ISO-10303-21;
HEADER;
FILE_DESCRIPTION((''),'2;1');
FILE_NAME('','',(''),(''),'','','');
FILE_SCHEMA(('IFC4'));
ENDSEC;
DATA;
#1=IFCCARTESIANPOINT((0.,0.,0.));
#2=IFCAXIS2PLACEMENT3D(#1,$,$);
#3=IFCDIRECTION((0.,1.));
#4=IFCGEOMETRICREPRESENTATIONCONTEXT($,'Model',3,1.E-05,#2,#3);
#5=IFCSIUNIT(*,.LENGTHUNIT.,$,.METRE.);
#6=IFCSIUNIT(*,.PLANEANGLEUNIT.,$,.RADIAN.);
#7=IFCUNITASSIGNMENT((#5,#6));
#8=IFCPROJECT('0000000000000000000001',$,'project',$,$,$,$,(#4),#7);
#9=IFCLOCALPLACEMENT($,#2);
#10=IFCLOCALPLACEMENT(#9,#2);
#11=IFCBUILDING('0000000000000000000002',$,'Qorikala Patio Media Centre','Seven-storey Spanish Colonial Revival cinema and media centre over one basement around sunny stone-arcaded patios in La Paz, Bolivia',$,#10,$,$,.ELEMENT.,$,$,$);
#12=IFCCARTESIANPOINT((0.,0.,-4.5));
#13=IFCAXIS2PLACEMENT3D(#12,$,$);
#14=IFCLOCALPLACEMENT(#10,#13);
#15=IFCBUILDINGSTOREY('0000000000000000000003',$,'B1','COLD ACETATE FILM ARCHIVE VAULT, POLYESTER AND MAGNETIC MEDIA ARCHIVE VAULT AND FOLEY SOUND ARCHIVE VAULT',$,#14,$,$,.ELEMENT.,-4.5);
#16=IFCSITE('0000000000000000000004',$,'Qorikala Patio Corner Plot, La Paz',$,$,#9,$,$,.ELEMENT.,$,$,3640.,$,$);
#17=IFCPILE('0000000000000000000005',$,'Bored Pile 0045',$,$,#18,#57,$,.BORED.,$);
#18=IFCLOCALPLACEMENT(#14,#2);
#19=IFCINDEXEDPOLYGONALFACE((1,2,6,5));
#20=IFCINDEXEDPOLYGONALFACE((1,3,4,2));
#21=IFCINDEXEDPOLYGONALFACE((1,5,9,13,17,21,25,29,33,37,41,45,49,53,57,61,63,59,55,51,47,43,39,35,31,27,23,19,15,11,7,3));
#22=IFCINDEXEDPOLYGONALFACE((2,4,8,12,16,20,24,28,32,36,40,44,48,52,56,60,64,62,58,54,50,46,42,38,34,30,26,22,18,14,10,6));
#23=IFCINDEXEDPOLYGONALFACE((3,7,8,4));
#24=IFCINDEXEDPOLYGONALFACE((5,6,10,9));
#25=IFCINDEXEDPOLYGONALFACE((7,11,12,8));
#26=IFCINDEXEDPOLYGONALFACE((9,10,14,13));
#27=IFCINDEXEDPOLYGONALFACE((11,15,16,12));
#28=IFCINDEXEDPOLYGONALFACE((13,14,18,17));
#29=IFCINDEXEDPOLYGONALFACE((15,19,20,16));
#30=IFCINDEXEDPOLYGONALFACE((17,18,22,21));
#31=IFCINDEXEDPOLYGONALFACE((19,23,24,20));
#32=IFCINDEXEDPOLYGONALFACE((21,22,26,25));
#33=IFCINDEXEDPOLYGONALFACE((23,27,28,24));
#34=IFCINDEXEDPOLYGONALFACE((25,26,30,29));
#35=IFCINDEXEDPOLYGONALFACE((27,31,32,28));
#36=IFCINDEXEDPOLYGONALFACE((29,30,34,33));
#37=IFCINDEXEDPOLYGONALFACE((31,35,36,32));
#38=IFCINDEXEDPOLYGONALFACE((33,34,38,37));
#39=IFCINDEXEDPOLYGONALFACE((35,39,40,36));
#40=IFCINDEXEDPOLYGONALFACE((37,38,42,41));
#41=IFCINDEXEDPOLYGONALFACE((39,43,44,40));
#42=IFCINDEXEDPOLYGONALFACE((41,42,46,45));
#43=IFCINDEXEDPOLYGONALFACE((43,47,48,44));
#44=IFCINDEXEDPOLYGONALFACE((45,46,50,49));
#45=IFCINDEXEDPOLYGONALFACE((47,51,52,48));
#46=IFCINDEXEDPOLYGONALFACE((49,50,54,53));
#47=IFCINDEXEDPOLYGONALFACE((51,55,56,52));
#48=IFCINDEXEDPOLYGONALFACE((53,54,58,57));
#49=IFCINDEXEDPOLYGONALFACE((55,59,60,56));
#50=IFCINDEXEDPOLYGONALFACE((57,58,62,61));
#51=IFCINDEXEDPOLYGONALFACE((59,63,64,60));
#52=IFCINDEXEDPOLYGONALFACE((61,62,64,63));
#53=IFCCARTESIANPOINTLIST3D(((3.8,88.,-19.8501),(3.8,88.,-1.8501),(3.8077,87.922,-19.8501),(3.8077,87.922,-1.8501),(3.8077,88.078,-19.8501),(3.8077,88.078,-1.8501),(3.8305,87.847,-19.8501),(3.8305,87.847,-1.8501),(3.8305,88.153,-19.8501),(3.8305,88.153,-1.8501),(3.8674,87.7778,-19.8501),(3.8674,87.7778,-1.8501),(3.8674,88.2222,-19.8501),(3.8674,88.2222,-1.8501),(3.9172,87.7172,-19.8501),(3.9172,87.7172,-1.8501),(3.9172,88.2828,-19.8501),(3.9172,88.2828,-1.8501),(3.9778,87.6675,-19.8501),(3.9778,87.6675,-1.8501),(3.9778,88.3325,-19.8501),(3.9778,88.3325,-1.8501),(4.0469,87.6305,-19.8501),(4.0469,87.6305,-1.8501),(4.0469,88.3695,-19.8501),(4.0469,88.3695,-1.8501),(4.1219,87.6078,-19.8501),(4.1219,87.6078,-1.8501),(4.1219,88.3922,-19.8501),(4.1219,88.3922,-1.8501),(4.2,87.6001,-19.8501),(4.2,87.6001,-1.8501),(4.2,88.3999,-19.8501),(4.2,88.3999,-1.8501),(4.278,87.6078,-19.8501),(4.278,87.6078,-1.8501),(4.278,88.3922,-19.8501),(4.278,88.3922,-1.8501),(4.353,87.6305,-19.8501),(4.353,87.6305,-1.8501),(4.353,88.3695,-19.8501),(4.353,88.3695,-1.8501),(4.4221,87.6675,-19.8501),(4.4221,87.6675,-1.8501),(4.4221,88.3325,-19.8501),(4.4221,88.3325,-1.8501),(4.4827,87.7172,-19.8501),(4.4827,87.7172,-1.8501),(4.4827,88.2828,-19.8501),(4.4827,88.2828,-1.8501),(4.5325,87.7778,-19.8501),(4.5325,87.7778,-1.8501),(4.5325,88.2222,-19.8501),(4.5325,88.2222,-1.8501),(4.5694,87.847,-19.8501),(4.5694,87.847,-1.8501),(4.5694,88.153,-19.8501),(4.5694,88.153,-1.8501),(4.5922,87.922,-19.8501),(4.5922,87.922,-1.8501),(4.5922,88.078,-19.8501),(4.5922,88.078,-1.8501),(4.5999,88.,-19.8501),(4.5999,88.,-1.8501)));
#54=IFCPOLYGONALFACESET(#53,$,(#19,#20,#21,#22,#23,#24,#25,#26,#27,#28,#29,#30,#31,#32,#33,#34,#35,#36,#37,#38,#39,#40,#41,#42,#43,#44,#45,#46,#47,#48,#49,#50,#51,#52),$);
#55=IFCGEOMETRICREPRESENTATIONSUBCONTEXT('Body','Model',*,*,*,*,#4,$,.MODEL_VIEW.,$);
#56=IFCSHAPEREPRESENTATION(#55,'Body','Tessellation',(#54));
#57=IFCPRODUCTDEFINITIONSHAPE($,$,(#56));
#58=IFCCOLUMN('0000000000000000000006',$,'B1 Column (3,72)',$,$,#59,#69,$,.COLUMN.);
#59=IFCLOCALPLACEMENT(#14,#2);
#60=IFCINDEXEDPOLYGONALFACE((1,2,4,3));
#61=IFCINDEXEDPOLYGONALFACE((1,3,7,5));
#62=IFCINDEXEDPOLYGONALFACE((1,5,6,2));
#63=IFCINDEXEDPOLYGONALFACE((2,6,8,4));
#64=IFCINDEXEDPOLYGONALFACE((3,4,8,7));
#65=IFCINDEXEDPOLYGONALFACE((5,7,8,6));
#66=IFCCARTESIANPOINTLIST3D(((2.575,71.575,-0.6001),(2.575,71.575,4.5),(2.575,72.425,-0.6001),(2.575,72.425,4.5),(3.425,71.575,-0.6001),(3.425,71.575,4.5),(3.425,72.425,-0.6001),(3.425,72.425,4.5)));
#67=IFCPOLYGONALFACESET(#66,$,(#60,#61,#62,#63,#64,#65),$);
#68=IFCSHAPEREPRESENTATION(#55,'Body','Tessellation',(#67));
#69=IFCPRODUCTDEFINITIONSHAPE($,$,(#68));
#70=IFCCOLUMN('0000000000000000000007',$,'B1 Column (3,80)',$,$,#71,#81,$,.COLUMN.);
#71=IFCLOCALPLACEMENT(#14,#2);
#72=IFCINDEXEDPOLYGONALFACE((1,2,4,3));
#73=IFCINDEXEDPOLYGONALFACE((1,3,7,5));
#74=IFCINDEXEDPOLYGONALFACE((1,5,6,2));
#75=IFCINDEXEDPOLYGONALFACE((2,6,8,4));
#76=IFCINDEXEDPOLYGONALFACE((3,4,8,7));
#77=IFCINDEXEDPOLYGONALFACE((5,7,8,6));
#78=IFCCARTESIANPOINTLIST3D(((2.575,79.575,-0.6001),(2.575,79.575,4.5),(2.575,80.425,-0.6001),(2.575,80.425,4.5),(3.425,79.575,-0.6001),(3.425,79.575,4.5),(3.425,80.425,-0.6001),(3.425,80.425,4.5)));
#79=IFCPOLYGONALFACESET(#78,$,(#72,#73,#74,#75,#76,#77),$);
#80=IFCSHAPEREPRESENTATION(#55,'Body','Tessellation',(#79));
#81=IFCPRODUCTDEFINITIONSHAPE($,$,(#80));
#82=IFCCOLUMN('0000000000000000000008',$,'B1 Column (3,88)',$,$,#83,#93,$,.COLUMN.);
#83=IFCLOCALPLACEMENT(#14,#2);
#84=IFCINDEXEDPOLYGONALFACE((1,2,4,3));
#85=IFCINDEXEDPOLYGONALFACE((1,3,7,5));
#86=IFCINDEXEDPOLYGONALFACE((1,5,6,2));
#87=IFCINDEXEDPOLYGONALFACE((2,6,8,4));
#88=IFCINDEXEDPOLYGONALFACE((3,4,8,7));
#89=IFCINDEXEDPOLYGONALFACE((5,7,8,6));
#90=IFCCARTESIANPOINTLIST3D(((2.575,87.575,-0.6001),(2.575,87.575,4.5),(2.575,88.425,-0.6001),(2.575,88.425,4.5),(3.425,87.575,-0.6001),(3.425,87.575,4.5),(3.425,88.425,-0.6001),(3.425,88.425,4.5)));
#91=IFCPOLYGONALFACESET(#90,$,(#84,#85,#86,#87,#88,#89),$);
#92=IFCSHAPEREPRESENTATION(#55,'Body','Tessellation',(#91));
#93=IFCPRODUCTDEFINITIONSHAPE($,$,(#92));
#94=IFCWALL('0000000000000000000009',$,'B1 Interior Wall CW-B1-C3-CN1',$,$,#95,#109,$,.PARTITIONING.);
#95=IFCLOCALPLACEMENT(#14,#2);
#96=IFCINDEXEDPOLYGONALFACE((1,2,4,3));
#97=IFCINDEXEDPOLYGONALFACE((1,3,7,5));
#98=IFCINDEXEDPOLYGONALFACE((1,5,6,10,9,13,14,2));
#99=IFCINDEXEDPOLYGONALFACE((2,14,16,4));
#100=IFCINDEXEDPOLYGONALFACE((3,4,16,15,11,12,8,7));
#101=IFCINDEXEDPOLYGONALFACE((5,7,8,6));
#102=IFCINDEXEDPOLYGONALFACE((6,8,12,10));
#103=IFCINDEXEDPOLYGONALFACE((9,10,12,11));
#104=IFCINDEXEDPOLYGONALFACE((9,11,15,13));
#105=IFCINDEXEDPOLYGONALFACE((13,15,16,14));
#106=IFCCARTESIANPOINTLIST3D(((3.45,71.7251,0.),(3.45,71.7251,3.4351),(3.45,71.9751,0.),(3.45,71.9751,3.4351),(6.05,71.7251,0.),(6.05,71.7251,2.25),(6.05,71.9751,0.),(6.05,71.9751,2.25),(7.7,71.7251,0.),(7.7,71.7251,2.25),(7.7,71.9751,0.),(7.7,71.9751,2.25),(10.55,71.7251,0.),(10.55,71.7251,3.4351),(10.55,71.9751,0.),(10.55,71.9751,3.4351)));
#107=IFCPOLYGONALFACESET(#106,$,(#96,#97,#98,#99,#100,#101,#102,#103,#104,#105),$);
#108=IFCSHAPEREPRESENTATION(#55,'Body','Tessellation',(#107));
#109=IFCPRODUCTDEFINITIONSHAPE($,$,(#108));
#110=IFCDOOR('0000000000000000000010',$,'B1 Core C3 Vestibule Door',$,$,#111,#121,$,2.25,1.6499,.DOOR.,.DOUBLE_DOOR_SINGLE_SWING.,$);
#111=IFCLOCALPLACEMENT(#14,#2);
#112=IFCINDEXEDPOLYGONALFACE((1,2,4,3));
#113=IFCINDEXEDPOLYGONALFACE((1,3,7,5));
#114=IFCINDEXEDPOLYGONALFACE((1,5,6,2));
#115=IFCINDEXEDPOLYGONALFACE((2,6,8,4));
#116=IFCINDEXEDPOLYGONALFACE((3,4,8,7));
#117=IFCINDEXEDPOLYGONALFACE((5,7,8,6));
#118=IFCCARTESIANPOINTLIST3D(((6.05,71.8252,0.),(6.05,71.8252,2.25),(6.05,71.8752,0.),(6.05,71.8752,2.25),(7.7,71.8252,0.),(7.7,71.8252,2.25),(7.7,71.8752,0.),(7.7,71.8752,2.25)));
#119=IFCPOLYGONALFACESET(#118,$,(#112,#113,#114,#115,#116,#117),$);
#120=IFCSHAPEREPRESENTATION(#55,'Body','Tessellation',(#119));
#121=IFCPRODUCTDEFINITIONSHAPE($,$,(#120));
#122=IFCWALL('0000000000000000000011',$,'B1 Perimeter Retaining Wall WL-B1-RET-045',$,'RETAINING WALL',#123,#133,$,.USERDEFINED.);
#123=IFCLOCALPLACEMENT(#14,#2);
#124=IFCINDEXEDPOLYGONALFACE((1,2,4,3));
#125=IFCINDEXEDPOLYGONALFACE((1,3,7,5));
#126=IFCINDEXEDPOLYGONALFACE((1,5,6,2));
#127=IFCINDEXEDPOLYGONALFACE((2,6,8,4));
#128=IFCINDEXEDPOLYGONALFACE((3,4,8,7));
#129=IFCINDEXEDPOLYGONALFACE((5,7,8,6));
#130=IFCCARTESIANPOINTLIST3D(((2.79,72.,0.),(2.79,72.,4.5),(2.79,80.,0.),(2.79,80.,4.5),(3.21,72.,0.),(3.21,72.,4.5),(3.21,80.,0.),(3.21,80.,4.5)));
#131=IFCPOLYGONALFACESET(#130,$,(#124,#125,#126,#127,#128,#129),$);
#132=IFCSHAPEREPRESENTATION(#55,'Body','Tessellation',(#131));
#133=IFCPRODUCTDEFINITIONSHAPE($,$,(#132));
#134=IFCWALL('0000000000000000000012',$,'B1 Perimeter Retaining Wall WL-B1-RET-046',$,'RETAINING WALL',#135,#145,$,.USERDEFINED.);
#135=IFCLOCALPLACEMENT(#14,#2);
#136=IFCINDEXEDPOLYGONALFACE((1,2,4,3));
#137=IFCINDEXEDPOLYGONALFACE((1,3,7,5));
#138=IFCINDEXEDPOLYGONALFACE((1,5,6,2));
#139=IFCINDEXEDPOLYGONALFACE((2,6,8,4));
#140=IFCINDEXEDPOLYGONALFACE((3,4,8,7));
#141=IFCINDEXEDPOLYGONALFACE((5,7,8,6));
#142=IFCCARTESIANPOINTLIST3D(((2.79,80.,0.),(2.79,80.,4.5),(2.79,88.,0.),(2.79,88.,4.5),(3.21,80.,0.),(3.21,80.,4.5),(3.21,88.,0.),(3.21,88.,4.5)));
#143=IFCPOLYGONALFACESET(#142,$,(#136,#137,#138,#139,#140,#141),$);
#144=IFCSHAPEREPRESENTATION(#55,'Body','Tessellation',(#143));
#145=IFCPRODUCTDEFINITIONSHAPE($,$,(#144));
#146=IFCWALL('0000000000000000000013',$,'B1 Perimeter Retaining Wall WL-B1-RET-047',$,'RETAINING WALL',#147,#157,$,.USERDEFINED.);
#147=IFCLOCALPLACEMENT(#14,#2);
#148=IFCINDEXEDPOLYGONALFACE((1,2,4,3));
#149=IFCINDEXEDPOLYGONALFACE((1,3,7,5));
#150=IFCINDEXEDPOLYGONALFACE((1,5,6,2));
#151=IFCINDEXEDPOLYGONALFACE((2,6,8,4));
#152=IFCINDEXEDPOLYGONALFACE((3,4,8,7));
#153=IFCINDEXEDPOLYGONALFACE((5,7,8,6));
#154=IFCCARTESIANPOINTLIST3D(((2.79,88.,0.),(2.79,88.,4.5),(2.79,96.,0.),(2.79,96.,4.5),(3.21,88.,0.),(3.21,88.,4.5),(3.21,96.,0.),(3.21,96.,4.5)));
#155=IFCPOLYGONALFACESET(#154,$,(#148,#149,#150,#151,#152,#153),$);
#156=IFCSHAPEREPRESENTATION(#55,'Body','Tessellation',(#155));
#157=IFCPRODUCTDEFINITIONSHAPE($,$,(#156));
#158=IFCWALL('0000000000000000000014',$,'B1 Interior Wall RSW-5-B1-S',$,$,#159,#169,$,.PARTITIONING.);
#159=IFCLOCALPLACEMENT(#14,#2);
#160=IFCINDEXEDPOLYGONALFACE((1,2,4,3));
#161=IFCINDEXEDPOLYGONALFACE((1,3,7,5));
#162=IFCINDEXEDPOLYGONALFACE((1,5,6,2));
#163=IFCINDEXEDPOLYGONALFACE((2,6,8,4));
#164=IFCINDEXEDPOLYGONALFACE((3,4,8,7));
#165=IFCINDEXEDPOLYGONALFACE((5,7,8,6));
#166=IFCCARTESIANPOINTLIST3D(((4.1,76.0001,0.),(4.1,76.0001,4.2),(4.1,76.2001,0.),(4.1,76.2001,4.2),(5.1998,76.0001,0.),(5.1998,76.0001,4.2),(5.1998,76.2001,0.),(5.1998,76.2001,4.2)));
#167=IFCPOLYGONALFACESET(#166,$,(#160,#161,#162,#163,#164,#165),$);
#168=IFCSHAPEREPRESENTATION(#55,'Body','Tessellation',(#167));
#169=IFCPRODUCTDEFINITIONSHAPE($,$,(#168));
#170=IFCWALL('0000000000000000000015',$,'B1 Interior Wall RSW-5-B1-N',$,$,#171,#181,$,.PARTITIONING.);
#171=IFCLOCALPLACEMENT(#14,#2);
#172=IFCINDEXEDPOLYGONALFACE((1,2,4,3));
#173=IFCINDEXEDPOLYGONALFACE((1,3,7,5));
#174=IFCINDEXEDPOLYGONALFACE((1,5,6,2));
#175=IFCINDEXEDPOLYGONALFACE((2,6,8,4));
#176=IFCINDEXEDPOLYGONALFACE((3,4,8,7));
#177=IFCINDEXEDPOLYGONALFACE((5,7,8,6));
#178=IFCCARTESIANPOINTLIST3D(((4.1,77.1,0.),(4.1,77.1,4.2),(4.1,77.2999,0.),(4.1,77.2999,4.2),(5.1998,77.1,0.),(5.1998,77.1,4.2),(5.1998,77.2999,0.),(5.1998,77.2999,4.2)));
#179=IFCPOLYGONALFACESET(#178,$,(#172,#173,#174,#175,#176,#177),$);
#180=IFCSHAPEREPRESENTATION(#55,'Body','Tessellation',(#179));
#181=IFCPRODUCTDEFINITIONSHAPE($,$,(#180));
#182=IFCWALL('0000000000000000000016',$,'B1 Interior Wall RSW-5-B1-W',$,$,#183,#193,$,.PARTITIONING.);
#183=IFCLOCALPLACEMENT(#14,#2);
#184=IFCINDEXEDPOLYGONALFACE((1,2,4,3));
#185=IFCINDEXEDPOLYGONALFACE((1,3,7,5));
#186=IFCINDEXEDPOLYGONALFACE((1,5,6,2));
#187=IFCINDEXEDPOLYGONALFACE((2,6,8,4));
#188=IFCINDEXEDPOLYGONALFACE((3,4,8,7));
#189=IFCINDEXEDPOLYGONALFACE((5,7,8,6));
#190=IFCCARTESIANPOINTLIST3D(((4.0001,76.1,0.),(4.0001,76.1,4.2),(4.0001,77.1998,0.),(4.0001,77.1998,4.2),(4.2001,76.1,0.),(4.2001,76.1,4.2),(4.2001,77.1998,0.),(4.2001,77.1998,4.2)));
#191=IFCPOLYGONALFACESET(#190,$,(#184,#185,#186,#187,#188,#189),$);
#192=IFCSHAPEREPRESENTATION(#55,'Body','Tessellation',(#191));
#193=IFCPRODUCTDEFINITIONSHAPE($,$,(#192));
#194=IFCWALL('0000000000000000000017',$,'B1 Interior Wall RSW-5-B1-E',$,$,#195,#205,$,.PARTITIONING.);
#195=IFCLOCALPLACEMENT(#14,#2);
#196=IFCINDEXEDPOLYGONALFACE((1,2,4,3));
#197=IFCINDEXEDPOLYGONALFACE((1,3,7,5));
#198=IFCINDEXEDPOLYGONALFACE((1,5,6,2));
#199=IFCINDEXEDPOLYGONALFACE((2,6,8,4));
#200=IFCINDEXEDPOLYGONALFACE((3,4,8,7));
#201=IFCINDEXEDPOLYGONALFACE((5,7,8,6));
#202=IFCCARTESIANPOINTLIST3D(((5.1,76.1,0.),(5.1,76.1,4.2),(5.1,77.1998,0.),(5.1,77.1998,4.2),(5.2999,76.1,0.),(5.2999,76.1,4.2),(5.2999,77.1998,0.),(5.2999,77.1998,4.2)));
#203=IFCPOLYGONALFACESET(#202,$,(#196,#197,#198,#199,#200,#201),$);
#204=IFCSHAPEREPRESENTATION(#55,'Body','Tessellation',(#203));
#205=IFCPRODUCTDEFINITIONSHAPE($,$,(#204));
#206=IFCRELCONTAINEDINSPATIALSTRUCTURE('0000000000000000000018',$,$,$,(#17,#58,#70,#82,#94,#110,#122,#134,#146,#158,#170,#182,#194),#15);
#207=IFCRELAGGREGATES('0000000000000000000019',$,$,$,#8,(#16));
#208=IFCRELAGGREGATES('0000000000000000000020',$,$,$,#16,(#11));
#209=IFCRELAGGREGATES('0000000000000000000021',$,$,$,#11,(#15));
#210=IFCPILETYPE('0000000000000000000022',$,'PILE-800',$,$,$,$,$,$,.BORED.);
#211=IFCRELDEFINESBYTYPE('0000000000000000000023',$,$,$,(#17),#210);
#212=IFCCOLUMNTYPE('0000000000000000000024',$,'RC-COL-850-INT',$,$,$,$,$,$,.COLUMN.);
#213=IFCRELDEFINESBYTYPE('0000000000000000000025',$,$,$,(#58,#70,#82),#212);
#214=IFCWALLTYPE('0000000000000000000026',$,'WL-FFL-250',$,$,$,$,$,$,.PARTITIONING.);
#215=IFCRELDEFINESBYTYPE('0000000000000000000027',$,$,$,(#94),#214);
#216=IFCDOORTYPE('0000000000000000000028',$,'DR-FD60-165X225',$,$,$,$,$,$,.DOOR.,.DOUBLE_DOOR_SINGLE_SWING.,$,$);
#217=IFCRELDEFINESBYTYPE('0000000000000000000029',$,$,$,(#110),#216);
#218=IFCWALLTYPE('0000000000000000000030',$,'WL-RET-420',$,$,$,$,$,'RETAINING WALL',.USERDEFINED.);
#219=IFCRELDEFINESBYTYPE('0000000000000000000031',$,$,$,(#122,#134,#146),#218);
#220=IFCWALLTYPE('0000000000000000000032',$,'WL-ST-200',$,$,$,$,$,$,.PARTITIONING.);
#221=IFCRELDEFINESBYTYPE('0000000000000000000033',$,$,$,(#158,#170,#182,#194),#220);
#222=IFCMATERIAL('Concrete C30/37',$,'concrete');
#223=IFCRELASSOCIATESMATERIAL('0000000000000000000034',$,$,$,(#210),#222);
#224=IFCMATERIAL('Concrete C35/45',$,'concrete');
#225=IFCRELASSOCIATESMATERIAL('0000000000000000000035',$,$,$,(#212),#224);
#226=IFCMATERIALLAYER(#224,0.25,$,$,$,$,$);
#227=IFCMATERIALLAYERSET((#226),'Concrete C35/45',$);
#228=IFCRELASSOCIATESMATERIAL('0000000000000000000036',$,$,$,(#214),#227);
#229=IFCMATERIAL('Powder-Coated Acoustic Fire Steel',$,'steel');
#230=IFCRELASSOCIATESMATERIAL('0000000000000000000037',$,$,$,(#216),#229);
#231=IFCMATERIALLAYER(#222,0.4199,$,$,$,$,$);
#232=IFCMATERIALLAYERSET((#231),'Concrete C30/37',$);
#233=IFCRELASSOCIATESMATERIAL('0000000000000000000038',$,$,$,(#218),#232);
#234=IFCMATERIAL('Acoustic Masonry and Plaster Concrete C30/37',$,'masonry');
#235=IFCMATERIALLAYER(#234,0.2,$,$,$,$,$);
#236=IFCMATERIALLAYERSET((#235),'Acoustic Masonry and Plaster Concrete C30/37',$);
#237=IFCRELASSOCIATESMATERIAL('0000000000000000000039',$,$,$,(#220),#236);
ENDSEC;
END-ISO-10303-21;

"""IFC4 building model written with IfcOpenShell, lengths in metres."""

from ifc_helpers import new_model, si_unit, direction, frame, frame_2d, origin, origin_2d, place, context, subcontext, project, spatial, rectangle, circle, extrude, material, layer, layer_set, material_profile, profile_set, type_object, element, fill, save


model = new_model("IFC4")

# Units and contexts
model_context = context("Model", 3, precision=1e-05, world=origin(), true_north=direction((0.0, 1.0)))
body_context = subcontext(model_context, "Body", "Model", "MODEL_VIEW")
ifc_project = project(units=[si_unit("LENGTHUNIT", "METRE"), si_unit("PLANEANGLEUNIT", "RADIAN")], contexts=[model_context])

# Site, building, storey
site_placement = place(None, origin())
site = spatial("IfcSite", under=ifc_project, at=site_placement, Name="Qorikala Patio Corner Plot, La Paz", CompositionType="ELEMENT", RefElevation=3640.0)
building_placement = place(site_placement, origin())
building = spatial("IfcBuilding", under=site, at=building_placement, Name="Qorikala Patio Media Centre", Description="Seven-storey Spanish Colonial Revival cinema and media centre over one basement around sunny stone-arcaded patios in La Paz, Bolivia", CompositionType="ELEMENT")
storey_placement = place(building_placement, frame((0.0, 0.0, -4.5)))
storey = spatial("IfcBuildingStorey", under=building, at=storey_placement, Name="B1", Description="COLD ACETATE FILM ARCHIVE VAULT, POLYESTER AND MAGNETIC MEDIA ARCHIVE VAULT AND FOLEY SOUND ARCHIVE VAULT", CompositionType="ELEMENT", Elevation=-4.5)

# Shared definitions
ifc_material_1 = material(Name="Concrete C30/37", Category="concrete")

# Pile
ifc_material_profile_1 = material_profile(ifc_material_1, circle(Radius=0.3999, at=origin_2d()), Name="BORED PILE 800")
ifc_profile_set_1 = profile_set([ifc_material_profile_1], Name="Concrete C30/37")
pile_type_1 = type_object("IfcPileType", Name="PILE-800", PredefinedType="BORED", material=ifc_profile_set_1)
for number, where, z_axis, x_axis, name in (
    (1, (4.2, 88.0, -1.8501), (0.0, 0.0, -1.0), (1.0, 0.0, 0.0), "Bored Pile 0045"),
):
    element("IfcPile", number, at=place(storey_placement, frame(where, z_axis=z_axis, x_axis=x_axis)), inside=storey, type_object=pile_type_1, Name=name, PredefinedType="BORED", context=body_context, shape_type="SweptSolid", body=[
        extrude(circle(Radius=0.3999, at=origin_2d()), origin(), (0.0, 0.0, 1.0), 18.0),
    ])

# Columns
ifc_material_2 = material(Name="Concrete C35/45", Category="concrete")
ifc_material_profile_2 = material_profile(ifc_material_2, rectangle(XDim=0.8501, YDim=0.8501, at=origin_2d()), Name="RC 850x850")
ifc_profile_set_2 = profile_set([ifc_material_profile_2], Name="Concrete C35/45")
column_type = type_object("IfcColumnType", Name="RC-COL-850-INT", PredefinedType="COLUMN", material=ifc_profile_set_2)
for number, where, z_axis, x_axis, name in (
    (2, (3.0, 72.0, -0.6001), (0.0, 0.0, 1.0), (1.0, 0.0, 0.0), "B1 Column (3,72)"),
    (3, (3.0, 80.0, -0.6001), (0.0, 0.0, 1.0), (1.0, 0.0, 0.0), "B1 Column (3,80)"),
    (4, (3.0, 88.0, -0.6001), (0.0, 0.0, 1.0), (1.0, 0.0, 0.0), "B1 Column (3,88)"),
):
    element("IfcColumn", number, at=place(storey_placement, frame(where, z_axis=z_axis, x_axis=x_axis)), inside=storey, type_object=column_type, Name=name, PredefinedType="COLUMN", context=body_context, shape_type="SweptSolid", body=[
        extrude(rectangle(XDim=0.8501, YDim=0.8501, at=origin_2d()), origin(), (0.0, 0.0, 1.0), 5.1001),
    ])

# Wall, opening, door
ifc_layer_1 = layer(ifc_material_2, 0.25)
ifc_layer_set_1 = layer_set([ifc_layer_1], Name="Concrete C35/45")
wall_type_1 = type_object("IfcWallType", Name="WL-FFL-250", PredefinedType="PARTITIONING", material=ifc_layer_set_1)
wall_placement = place(storey_placement, frame((3.45, 71.8501, 0.0), z_axis=(0.0, 0.0, 1.0), x_axis=(1.0, 0.0, 0.0)))
wall = element("IfcWall", 5, at=wall_placement, inside=storey, type_object=wall_type_1, Name="B1 Interior Wall CW-B1-C3-CN1", PredefinedType="PARTITIONING", context=body_context, shape_type="SweptSolid", body=[
    extrude(rectangle(XDim=7.1001, YDim=0.25, at=frame_2d((3.55, 0.0))), origin(), (0.0, 0.0, 1.0), 3.4351),
])
opening_placement = place(wall_placement, frame((2.6001, 0.0, 0.0)))
opening = element("IfcOpeningElement", 6, at=opening_placement, cuts=wall, PredefinedType="OPENING", context=body_context, shape_type="SweptSolid", body=[
    extrude(rectangle(XDim=1.6499, YDim=2.25, at=frame_2d((0.825, 1.125))), frame((0.0, 0.135, 0.0), z_axis=(0.0, -1.0, 0.0), x_axis=(1.0, 0.0, 0.0)), (0.0, 0.0, 1.0), 0.27),
])
ifc_material_3 = material(Name="Powder-Coated Acoustic Fire Steel", Category="steel")
door_type = type_object("IfcDoorType", Name="DR-FD60-165X225", OperationType="DOUBLE_DOOR_SINGLE_SWING", PredefinedType="DOOR", material=ifc_material_3)
door_placement = place(opening_placement, frame((1.6499, 0.0, 0.0), z_axis=(0.0, 0.0, 1.0), x_axis=(-1.0, 0.0, 0.0)))
door = element("IfcDoor", 7, at=door_placement, inside=storey, type_object=door_type, Name="B1 Core C3 Vestibule Door", OperationType="DOUBLE_DOOR_SINGLE_SWING", OverallHeight=2.25, OverallWidth=1.6499, PredefinedType="DOOR", context=body_context, shape_type="SweptSolid", body=[
    extrude(rectangle(XDim=1.6499, YDim=2.25, at=frame_2d((0.825, 1.125))), frame((0.0, 0.0249, 0.0), z_axis=(0.0, -1.0, 0.0), x_axis=(1.0, 0.0, 0.0)), (0.0, 0.0, 1.0), 0.05),
])
fill(opening, door)

# Walls
ifc_layer_2 = layer(ifc_material_1, 0.4199)
ifc_layer_set_2 = layer_set([ifc_layer_2], Name="Concrete C30/37")
wall_type_2 = type_object("IfcWallType", Name="WL-RET-420", ElementType="RETAINING WALL", PredefinedType="USERDEFINED", material=ifc_layer_set_2)
for number, where, z_axis, x_axis, name in (
    (8, (3.0, 72.0, 0.0), (0.0, 0.0, 1.0), (0.0, 1.0, 0.0), "B1 Perimeter Retaining Wall WL-B1-RET-045"),
    (9, (3.0, 80.0, 0.0), (0.0, 0.0, 1.0), (0.0, 1.0, 0.0), "B1 Perimeter Retaining Wall WL-B1-RET-046"),
    (10, (3.0, 88.0, 0.0), (0.0, 0.0, 1.0), (0.0, 1.0, 0.0), "B1 Perimeter Retaining Wall WL-B1-RET-047"),
):
    element("IfcWall", number, at=place(storey_placement, frame(where, z_axis=z_axis, x_axis=x_axis)), inside=storey, type_object=wall_type_2, Name=name, ObjectType="RETAINING WALL", PredefinedType="USERDEFINED", context=body_context, shape_type="SweptSolid", body=[
        extrude(rectangle(XDim=8.0, YDim=0.4199, at=frame_2d((4.0, 0.0))), origin(), (0.0, 0.0, 1.0), 4.5),
    ])
ifc_material_4 = material(Name="Acoustic Masonry and Plaster Concrete C30/37", Category="masonry")
ifc_layer_3 = layer(ifc_material_4, 0.2)
ifc_layer_set_3 = layer_set([ifc_layer_3], Name="Acoustic Masonry and Plaster Concrete C30/37")
wall_type_3 = type_object("IfcWallType", Name="WL-ST-200", PredefinedType="PARTITIONING", material=ifc_layer_set_3)
for number, where, z_axis, x_axis, name in (
    (11, (4.1001, 76.1001, 0.0), (0.0, 0.0, 1.0), (1.0, 0.0, 0.0), "B1 Interior Wall RSW-5-B1-S"),
    (12, (4.1001, 77.2, 0.0), (0.0, 0.0, 1.0), (1.0, 0.0, 0.0), "B1 Interior Wall RSW-5-B1-N"),
    (13, (4.1001, 76.1001, 0.0), (0.0, 0.0, 1.0), (0.0, 1.0, 0.0), "B1 Interior Wall RSW-5-B1-W"),
    (14, (5.2, 76.1001, 0.0), (0.0, 0.0, 1.0), (0.0, 1.0, 0.0), "B1 Interior Wall RSW-5-B1-E"),
):
    element("IfcWall", number, at=place(storey_placement, frame(where, z_axis=z_axis, x_axis=x_axis)), inside=storey, type_object=wall_type_3, Name=name, PredefinedType="PARTITIONING", context=body_context, shape_type="SweptSolid", body=[
        extrude(rectangle(XDim=1.0999, YDim=0.2, at=frame_2d((0.5498, 0.0))), origin(), (0.0, 0.0, 1.0), 4.2),
    ])

save(model, "model.ifc")
